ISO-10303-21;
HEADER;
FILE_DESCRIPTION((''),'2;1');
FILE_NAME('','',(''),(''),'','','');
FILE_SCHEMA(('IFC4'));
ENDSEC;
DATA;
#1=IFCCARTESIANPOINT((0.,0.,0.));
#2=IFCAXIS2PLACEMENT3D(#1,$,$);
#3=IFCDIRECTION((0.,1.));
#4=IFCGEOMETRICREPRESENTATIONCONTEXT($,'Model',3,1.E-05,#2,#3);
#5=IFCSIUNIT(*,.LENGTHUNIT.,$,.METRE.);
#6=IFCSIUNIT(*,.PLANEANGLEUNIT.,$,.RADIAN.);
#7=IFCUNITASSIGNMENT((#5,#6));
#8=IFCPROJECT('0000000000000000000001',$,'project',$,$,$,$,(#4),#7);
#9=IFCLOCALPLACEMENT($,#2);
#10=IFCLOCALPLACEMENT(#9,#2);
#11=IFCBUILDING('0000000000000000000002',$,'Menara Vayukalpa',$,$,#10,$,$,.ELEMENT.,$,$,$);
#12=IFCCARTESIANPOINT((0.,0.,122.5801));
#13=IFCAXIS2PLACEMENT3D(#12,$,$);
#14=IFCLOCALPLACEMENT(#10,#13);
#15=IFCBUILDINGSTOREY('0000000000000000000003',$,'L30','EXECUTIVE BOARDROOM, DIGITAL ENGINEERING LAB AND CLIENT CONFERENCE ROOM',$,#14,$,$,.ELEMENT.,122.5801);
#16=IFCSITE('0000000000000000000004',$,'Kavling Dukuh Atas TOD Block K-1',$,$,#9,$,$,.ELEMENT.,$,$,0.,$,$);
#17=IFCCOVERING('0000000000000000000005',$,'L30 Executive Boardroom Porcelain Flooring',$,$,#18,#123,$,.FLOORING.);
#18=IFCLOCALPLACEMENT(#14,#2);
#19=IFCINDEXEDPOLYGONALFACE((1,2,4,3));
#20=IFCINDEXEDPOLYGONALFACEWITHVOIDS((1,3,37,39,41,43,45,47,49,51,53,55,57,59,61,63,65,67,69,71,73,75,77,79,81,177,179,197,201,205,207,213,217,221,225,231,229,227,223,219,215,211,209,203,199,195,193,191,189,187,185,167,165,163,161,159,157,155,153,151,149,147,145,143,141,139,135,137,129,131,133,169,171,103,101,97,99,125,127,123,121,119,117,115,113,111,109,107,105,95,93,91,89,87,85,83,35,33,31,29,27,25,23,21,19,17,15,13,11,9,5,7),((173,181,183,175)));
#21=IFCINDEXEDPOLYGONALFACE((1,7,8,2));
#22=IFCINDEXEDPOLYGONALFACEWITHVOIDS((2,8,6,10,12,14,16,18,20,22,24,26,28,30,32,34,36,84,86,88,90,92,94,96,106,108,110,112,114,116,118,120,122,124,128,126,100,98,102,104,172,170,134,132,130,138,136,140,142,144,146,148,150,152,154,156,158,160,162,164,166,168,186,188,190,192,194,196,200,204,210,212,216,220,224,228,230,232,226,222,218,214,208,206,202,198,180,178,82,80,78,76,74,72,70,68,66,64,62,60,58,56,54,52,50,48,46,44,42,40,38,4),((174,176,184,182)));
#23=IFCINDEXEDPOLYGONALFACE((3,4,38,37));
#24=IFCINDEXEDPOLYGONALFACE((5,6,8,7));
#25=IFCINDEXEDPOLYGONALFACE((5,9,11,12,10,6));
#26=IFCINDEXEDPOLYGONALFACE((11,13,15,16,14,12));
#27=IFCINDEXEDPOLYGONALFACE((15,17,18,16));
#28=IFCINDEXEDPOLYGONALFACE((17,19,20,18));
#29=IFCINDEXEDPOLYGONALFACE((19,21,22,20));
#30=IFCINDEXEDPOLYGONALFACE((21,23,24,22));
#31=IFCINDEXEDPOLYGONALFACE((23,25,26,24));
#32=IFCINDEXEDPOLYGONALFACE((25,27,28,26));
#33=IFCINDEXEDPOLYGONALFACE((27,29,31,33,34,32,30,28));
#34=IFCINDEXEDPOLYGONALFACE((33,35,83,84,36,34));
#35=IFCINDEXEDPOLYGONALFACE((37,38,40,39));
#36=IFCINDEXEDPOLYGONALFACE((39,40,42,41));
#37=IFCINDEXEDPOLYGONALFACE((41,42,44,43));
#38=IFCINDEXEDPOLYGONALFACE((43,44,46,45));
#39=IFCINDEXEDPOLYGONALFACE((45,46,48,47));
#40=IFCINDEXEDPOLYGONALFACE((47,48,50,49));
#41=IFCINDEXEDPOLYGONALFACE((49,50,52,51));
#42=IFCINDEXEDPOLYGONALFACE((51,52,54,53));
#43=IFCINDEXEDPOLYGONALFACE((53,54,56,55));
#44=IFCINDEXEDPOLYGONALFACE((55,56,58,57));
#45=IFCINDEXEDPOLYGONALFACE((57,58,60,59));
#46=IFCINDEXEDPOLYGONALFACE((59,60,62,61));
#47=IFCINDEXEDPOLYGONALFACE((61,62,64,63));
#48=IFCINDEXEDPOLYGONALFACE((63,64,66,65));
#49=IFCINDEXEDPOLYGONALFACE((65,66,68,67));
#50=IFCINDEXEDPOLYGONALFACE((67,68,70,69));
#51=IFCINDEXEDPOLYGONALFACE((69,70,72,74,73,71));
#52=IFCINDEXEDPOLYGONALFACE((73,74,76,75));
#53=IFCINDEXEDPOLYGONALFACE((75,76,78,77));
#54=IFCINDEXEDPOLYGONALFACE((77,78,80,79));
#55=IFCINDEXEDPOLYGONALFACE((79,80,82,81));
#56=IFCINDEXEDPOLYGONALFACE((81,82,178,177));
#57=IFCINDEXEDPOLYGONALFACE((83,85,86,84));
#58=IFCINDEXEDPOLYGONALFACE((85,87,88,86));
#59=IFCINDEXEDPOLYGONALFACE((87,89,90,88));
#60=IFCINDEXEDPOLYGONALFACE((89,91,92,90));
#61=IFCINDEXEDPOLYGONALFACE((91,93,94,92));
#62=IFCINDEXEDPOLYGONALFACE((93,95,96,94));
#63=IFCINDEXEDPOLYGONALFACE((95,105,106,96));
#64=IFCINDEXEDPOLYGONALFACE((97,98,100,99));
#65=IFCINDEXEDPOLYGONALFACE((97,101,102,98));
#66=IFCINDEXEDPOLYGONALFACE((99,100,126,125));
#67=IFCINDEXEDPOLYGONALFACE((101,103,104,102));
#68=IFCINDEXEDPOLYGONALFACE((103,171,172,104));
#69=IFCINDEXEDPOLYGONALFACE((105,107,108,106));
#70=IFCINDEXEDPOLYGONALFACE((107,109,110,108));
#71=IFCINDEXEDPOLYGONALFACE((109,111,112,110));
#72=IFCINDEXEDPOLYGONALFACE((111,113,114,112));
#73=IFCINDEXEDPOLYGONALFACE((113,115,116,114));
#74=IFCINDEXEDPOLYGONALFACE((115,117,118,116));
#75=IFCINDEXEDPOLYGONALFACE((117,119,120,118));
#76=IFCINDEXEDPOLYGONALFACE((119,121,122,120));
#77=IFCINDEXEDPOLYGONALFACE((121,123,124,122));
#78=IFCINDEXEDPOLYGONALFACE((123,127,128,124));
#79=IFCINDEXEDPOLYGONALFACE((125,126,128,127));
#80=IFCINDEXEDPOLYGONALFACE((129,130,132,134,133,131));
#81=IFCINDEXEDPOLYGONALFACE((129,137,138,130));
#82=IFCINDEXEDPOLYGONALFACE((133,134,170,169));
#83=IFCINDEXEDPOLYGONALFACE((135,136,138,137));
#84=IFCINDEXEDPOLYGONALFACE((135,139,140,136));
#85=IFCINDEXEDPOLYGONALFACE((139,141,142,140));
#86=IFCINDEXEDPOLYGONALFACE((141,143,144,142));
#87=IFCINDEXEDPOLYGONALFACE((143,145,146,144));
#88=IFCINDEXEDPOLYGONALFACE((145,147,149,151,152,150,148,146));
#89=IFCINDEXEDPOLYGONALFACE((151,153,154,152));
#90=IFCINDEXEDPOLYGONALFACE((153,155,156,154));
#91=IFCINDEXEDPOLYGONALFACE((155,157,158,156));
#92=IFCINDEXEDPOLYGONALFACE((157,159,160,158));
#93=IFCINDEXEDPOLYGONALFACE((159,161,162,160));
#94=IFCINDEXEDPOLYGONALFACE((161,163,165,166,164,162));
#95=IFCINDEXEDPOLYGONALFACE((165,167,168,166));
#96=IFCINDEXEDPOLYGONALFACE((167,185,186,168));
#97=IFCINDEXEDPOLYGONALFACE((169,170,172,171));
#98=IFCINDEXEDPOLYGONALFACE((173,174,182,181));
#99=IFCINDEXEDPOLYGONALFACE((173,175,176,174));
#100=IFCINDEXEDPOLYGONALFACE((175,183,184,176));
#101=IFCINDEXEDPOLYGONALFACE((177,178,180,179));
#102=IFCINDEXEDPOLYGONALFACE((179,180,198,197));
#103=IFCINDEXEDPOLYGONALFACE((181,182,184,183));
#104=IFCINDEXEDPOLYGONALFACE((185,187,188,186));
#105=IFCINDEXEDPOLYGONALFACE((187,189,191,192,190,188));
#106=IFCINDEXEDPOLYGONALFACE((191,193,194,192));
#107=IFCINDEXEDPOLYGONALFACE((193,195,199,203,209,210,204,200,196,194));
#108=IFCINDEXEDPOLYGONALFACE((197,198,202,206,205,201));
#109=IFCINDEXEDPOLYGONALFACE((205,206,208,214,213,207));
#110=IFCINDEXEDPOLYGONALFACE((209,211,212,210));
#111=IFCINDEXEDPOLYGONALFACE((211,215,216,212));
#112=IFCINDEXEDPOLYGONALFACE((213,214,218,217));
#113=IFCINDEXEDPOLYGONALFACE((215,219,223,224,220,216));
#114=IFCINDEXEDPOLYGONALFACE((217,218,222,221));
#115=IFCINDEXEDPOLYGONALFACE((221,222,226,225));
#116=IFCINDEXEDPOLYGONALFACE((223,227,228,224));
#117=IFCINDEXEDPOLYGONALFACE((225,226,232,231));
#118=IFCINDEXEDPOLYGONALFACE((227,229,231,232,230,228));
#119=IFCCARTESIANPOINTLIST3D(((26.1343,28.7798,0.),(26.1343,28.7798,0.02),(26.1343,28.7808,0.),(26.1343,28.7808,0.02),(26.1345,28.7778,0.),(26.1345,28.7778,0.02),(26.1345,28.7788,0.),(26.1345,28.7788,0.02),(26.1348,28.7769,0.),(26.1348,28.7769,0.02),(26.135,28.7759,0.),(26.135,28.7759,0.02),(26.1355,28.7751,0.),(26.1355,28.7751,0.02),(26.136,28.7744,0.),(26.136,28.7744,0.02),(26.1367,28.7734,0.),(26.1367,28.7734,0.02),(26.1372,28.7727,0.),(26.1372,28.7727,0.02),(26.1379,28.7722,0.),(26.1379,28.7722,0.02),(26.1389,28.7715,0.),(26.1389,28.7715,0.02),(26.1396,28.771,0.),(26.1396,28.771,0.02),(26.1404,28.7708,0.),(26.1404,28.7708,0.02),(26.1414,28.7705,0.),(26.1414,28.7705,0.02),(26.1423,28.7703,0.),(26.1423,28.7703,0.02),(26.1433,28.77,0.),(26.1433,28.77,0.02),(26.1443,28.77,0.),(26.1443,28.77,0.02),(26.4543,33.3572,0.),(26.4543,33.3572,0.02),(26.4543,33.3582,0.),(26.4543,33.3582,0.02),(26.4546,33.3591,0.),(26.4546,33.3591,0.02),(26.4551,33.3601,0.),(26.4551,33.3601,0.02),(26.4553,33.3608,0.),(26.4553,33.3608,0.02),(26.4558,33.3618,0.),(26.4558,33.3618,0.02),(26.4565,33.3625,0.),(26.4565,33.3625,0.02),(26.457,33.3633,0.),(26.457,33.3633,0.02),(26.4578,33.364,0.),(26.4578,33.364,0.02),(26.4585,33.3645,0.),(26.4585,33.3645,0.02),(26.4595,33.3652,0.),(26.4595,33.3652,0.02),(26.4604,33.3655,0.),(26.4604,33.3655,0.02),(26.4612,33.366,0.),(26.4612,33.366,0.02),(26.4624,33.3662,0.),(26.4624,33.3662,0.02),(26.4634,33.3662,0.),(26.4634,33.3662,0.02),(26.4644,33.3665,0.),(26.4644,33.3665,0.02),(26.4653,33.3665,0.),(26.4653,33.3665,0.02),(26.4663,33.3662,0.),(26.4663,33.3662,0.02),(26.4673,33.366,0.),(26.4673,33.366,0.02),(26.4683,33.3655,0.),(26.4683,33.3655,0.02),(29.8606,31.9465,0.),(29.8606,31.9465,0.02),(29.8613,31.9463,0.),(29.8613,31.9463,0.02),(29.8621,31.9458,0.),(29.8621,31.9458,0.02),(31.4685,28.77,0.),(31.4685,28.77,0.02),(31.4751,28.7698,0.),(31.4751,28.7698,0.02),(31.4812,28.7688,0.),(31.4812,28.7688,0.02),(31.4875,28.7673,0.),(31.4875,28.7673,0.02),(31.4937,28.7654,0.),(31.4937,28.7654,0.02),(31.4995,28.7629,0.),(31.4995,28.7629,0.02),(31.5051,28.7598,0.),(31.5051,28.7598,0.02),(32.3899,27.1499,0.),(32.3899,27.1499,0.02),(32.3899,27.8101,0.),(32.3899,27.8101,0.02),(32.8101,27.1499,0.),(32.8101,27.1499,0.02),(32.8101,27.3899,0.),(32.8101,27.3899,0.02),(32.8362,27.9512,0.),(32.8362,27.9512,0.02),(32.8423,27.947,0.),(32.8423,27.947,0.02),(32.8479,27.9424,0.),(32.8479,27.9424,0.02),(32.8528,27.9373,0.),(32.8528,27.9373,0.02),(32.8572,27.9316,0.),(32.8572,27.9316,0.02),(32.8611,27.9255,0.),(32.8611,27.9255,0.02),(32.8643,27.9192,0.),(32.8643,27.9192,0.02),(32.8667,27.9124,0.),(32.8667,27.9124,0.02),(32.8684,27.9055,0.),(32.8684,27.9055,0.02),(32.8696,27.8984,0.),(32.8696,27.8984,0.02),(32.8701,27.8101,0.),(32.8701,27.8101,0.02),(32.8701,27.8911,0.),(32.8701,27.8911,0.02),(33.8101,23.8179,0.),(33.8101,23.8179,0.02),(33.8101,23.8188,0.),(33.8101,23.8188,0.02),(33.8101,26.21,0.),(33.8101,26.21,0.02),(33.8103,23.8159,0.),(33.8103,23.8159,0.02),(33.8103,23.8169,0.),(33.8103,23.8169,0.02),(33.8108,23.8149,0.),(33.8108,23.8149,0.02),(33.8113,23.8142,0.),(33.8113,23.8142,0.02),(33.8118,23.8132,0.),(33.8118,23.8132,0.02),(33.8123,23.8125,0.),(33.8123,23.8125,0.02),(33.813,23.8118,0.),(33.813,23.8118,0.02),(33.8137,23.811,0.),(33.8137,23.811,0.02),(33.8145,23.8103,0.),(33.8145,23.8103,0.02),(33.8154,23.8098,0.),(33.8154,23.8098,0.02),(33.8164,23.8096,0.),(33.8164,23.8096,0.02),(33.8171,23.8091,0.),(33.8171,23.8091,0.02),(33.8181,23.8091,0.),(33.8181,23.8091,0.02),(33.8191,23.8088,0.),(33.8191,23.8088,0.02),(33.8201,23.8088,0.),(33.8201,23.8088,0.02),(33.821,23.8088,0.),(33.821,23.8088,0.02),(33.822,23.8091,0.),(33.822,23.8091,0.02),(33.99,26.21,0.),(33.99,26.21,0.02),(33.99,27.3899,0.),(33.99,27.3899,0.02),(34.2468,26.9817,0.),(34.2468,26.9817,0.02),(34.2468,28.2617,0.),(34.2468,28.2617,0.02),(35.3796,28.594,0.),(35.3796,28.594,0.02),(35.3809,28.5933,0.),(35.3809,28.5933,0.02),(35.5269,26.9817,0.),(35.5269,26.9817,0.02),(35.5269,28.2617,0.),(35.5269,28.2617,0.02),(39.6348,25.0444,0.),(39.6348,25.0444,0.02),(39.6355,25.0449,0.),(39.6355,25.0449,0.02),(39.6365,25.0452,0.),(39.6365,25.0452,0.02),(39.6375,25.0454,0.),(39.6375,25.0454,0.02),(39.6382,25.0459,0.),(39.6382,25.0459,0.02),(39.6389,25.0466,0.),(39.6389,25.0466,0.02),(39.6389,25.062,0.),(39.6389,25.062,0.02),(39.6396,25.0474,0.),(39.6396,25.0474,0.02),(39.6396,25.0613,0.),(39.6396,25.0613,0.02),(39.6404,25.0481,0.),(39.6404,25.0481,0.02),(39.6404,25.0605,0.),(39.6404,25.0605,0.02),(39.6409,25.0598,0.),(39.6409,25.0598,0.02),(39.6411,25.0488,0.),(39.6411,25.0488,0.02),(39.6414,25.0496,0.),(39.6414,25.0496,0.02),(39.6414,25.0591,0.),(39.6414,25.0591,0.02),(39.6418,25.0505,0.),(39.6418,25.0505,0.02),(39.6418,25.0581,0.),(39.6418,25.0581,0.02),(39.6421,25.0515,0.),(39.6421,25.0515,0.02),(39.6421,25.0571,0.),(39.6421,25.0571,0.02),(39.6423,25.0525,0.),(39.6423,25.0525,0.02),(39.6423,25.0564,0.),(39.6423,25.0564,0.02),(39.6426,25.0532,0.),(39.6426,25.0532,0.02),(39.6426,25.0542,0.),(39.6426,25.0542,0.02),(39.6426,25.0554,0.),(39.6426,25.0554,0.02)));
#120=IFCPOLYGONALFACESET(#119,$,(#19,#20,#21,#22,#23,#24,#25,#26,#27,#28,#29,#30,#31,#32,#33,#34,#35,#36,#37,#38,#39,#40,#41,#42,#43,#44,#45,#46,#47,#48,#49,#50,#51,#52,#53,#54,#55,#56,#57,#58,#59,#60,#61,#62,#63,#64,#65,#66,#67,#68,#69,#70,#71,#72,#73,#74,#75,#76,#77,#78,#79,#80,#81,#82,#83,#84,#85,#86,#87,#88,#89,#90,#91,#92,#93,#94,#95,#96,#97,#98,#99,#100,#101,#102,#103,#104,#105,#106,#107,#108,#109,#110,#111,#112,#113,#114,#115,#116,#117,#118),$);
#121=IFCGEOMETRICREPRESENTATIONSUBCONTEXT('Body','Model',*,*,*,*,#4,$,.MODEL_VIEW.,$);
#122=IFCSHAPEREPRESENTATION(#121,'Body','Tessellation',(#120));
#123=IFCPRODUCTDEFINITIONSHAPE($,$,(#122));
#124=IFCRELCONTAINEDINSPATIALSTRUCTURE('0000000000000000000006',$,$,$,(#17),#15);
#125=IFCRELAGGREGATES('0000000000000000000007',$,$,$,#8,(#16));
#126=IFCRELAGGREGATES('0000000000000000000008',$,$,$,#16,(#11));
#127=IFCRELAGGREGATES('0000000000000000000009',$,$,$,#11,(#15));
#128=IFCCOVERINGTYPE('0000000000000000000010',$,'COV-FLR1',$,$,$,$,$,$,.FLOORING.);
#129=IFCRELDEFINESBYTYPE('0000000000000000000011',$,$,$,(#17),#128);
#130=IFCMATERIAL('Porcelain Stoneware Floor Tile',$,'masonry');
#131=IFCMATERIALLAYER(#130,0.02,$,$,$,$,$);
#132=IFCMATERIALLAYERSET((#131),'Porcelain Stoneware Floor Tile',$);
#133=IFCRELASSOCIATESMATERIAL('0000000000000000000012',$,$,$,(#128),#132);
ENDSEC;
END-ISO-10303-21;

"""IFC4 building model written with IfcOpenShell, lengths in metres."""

from ifc_helpers import new_model, si_unit, direction, frame, origin, place, context, subcontext, project, spatial, polyline, outline, extrude, material, layer, layer_set, type_object, element, save


model = new_model("IFC4")

# Units and contexts
model_context = context("Model", 3, precision=1e-05, world=origin(), true_north=direction((0.0, 1.0)))
body_context = subcontext(model_context, "Body", "Model", "MODEL_VIEW")
ifc_project = project(units=[si_unit("LENGTHUNIT", "METRE"), si_unit("PLANEANGLEUNIT", "RADIAN")], contexts=[model_context])

# Site, building, storey
site_placement = place(None, origin())
site = spatial("IfcSite", under=ifc_project, at=site_placement, Name="Kavling Dukuh Atas TOD Block K-1", CompositionType="ELEMENT", RefElevation=0.0)
building_placement = place(site_placement, origin())
building = spatial("IfcBuilding", under=site, at=building_placement, Name="Menara Vayukalpa", CompositionType="ELEMENT")
storey_placement = place(building_placement, frame((0.0, 0.0, 122.5801)))
storey = spatial("IfcBuildingStorey", under=building, at=storey_placement, Name="L30", Description="EXECUTIVE BOARDROOM, DIGITAL ENGINEERING LAB AND CLIENT CONFERENCE ROOM", CompositionType="ELEMENT", Elevation=122.5801)

# Covering
ifc_material_1 = material(Name="Porcelain Stoneware Floor Tile", Category="masonry")
ifc_layer_1 = layer(ifc_material_1, 0.02)
ifc_layer_set_1 = layer_set([ifc_layer_1], Name="Porcelain Stoneware Floor Tile")
covering_type_1 = type_object("IfcCoveringType", Name="COV-FLR1", PredefinedType="FLOORING", material=ifc_layer_set_1)
covering_1_placement = place(storey_placement, origin())
element("IfcCovering", 1, at=covering_1_placement, inside=storey, type_object=covering_type_1, Name="L30 Executive Boardroom Porcelain Flooring", PredefinedType="FLOORING", context=body_context, shape_type="SweptSolid", body=[
    extrude(outline(polyline([(32.8701, 27.8911), (32.8696, 27.8984), (32.8684, 27.9055), (32.8667, 27.9124), (32.8643, 27.9192), (32.8611, 27.9255), (32.8572, 27.9316), (32.8528, 27.9373), (32.8479, 27.9424), (32.8423, 27.947), (32.8362, 27.9512), (31.5051, 28.7598), (31.4995, 28.7629), (31.4937, 28.7654), (31.4875, 28.7673), (31.4812, 28.7688), (31.4751, 28.7698), (31.4685, 28.77), (26.1443, 28.77), (26.1433, 28.77), (26.1423, 28.7703), (26.1414, 28.7705), (26.1404, 28.7708), (26.1396, 28.771), (26.1389, 28.7715), (26.1379, 28.7722), (26.1372, 28.7727), (26.1367, 28.7734), (26.136, 28.7744), (26.1355, 28.7751), (26.135, 28.7759), (26.1348, 28.7769), (26.1345, 28.7778), (26.1345, 28.7788), (26.1343, 28.7798), (26.1343, 28.7808), (26.4543, 33.3572), (26.4543, 33.3582), (26.4546, 33.3591), (26.4551, 33.3601), (26.4553, 33.3608), (26.4558, 33.3618), (26.4565, 33.3625), (26.457, 33.3633), (26.4578, 33.364), (26.4585, 33.3645), (26.4595, 33.3652), (26.4604, 33.3655), (26.4612, 33.366), (26.4624, 33.3662), (26.4634, 33.3662), (26.4644, 33.3665), (26.4653, 33.3665), (26.4663, 33.3662), (26.4673, 33.366), (26.4683, 33.3655), (29.8606, 31.9465), (29.8613, 31.9463), (29.8621, 31.9458), (35.3796, 28.594), (35.3809, 28.5933), (39.6389, 25.062), (39.6396, 25.0613), (39.6404, 25.0605), (39.6409, 25.0598), (39.6414, 25.0591), (39.6418, 25.0581), (39.6421, 25.0571), (39.6423, 25.0564), (39.6426, 25.0554), (39.6426, 25.0542), (39.6426, 25.0532), (39.6423, 25.0525), (39.6421, 25.0515), (39.6418, 25.0505), (39.6414, 25.0496), (39.6411, 25.0488), (39.6404, 25.0481), (39.6396, 25.0474), (39.6389, 25.0466), (39.6382, 25.0459), (39.6375, 25.0454), (39.6365, 25.0452), (39.6355, 25.0449), (39.6348, 25.0444), (33.822, 23.8091), (33.821, 23.8088), (33.8201, 23.8088), (33.8191, 23.8088), (33.8181, 23.8091), (33.8171, 23.8091), (33.8164, 23.8096), (33.8154, 23.8098), (33.8145, 23.8103), (33.8137, 23.811), (33.813, 23.8118), (33.8123, 23.8125), (33.8118, 23.8132), (33.8113, 23.8142), (33.8108, 23.8149), (33.8103, 23.8159), (33.8103, 23.8169), (33.8101, 23.8179), (33.8101, 23.8188), (33.8101, 26.21), (33.99, 26.21), (33.99, 27.3899), (32.8101, 27.3899), (32.8101, 27.1499), (32.3899, 27.1499), (32.3899, 27.8101), (32.8701, 27.8101), (32.8701, 27.8911)]), holes=[polyline([(35.5269, 26.9817), (35.5269, 28.2617), (34.2468, 28.2617), (34.2468, 26.9817), (35.5269, 26.9817)])]), origin(), (0.0, 0.0, 1.0), 0.02),
])

save(model, "model.ifc")
